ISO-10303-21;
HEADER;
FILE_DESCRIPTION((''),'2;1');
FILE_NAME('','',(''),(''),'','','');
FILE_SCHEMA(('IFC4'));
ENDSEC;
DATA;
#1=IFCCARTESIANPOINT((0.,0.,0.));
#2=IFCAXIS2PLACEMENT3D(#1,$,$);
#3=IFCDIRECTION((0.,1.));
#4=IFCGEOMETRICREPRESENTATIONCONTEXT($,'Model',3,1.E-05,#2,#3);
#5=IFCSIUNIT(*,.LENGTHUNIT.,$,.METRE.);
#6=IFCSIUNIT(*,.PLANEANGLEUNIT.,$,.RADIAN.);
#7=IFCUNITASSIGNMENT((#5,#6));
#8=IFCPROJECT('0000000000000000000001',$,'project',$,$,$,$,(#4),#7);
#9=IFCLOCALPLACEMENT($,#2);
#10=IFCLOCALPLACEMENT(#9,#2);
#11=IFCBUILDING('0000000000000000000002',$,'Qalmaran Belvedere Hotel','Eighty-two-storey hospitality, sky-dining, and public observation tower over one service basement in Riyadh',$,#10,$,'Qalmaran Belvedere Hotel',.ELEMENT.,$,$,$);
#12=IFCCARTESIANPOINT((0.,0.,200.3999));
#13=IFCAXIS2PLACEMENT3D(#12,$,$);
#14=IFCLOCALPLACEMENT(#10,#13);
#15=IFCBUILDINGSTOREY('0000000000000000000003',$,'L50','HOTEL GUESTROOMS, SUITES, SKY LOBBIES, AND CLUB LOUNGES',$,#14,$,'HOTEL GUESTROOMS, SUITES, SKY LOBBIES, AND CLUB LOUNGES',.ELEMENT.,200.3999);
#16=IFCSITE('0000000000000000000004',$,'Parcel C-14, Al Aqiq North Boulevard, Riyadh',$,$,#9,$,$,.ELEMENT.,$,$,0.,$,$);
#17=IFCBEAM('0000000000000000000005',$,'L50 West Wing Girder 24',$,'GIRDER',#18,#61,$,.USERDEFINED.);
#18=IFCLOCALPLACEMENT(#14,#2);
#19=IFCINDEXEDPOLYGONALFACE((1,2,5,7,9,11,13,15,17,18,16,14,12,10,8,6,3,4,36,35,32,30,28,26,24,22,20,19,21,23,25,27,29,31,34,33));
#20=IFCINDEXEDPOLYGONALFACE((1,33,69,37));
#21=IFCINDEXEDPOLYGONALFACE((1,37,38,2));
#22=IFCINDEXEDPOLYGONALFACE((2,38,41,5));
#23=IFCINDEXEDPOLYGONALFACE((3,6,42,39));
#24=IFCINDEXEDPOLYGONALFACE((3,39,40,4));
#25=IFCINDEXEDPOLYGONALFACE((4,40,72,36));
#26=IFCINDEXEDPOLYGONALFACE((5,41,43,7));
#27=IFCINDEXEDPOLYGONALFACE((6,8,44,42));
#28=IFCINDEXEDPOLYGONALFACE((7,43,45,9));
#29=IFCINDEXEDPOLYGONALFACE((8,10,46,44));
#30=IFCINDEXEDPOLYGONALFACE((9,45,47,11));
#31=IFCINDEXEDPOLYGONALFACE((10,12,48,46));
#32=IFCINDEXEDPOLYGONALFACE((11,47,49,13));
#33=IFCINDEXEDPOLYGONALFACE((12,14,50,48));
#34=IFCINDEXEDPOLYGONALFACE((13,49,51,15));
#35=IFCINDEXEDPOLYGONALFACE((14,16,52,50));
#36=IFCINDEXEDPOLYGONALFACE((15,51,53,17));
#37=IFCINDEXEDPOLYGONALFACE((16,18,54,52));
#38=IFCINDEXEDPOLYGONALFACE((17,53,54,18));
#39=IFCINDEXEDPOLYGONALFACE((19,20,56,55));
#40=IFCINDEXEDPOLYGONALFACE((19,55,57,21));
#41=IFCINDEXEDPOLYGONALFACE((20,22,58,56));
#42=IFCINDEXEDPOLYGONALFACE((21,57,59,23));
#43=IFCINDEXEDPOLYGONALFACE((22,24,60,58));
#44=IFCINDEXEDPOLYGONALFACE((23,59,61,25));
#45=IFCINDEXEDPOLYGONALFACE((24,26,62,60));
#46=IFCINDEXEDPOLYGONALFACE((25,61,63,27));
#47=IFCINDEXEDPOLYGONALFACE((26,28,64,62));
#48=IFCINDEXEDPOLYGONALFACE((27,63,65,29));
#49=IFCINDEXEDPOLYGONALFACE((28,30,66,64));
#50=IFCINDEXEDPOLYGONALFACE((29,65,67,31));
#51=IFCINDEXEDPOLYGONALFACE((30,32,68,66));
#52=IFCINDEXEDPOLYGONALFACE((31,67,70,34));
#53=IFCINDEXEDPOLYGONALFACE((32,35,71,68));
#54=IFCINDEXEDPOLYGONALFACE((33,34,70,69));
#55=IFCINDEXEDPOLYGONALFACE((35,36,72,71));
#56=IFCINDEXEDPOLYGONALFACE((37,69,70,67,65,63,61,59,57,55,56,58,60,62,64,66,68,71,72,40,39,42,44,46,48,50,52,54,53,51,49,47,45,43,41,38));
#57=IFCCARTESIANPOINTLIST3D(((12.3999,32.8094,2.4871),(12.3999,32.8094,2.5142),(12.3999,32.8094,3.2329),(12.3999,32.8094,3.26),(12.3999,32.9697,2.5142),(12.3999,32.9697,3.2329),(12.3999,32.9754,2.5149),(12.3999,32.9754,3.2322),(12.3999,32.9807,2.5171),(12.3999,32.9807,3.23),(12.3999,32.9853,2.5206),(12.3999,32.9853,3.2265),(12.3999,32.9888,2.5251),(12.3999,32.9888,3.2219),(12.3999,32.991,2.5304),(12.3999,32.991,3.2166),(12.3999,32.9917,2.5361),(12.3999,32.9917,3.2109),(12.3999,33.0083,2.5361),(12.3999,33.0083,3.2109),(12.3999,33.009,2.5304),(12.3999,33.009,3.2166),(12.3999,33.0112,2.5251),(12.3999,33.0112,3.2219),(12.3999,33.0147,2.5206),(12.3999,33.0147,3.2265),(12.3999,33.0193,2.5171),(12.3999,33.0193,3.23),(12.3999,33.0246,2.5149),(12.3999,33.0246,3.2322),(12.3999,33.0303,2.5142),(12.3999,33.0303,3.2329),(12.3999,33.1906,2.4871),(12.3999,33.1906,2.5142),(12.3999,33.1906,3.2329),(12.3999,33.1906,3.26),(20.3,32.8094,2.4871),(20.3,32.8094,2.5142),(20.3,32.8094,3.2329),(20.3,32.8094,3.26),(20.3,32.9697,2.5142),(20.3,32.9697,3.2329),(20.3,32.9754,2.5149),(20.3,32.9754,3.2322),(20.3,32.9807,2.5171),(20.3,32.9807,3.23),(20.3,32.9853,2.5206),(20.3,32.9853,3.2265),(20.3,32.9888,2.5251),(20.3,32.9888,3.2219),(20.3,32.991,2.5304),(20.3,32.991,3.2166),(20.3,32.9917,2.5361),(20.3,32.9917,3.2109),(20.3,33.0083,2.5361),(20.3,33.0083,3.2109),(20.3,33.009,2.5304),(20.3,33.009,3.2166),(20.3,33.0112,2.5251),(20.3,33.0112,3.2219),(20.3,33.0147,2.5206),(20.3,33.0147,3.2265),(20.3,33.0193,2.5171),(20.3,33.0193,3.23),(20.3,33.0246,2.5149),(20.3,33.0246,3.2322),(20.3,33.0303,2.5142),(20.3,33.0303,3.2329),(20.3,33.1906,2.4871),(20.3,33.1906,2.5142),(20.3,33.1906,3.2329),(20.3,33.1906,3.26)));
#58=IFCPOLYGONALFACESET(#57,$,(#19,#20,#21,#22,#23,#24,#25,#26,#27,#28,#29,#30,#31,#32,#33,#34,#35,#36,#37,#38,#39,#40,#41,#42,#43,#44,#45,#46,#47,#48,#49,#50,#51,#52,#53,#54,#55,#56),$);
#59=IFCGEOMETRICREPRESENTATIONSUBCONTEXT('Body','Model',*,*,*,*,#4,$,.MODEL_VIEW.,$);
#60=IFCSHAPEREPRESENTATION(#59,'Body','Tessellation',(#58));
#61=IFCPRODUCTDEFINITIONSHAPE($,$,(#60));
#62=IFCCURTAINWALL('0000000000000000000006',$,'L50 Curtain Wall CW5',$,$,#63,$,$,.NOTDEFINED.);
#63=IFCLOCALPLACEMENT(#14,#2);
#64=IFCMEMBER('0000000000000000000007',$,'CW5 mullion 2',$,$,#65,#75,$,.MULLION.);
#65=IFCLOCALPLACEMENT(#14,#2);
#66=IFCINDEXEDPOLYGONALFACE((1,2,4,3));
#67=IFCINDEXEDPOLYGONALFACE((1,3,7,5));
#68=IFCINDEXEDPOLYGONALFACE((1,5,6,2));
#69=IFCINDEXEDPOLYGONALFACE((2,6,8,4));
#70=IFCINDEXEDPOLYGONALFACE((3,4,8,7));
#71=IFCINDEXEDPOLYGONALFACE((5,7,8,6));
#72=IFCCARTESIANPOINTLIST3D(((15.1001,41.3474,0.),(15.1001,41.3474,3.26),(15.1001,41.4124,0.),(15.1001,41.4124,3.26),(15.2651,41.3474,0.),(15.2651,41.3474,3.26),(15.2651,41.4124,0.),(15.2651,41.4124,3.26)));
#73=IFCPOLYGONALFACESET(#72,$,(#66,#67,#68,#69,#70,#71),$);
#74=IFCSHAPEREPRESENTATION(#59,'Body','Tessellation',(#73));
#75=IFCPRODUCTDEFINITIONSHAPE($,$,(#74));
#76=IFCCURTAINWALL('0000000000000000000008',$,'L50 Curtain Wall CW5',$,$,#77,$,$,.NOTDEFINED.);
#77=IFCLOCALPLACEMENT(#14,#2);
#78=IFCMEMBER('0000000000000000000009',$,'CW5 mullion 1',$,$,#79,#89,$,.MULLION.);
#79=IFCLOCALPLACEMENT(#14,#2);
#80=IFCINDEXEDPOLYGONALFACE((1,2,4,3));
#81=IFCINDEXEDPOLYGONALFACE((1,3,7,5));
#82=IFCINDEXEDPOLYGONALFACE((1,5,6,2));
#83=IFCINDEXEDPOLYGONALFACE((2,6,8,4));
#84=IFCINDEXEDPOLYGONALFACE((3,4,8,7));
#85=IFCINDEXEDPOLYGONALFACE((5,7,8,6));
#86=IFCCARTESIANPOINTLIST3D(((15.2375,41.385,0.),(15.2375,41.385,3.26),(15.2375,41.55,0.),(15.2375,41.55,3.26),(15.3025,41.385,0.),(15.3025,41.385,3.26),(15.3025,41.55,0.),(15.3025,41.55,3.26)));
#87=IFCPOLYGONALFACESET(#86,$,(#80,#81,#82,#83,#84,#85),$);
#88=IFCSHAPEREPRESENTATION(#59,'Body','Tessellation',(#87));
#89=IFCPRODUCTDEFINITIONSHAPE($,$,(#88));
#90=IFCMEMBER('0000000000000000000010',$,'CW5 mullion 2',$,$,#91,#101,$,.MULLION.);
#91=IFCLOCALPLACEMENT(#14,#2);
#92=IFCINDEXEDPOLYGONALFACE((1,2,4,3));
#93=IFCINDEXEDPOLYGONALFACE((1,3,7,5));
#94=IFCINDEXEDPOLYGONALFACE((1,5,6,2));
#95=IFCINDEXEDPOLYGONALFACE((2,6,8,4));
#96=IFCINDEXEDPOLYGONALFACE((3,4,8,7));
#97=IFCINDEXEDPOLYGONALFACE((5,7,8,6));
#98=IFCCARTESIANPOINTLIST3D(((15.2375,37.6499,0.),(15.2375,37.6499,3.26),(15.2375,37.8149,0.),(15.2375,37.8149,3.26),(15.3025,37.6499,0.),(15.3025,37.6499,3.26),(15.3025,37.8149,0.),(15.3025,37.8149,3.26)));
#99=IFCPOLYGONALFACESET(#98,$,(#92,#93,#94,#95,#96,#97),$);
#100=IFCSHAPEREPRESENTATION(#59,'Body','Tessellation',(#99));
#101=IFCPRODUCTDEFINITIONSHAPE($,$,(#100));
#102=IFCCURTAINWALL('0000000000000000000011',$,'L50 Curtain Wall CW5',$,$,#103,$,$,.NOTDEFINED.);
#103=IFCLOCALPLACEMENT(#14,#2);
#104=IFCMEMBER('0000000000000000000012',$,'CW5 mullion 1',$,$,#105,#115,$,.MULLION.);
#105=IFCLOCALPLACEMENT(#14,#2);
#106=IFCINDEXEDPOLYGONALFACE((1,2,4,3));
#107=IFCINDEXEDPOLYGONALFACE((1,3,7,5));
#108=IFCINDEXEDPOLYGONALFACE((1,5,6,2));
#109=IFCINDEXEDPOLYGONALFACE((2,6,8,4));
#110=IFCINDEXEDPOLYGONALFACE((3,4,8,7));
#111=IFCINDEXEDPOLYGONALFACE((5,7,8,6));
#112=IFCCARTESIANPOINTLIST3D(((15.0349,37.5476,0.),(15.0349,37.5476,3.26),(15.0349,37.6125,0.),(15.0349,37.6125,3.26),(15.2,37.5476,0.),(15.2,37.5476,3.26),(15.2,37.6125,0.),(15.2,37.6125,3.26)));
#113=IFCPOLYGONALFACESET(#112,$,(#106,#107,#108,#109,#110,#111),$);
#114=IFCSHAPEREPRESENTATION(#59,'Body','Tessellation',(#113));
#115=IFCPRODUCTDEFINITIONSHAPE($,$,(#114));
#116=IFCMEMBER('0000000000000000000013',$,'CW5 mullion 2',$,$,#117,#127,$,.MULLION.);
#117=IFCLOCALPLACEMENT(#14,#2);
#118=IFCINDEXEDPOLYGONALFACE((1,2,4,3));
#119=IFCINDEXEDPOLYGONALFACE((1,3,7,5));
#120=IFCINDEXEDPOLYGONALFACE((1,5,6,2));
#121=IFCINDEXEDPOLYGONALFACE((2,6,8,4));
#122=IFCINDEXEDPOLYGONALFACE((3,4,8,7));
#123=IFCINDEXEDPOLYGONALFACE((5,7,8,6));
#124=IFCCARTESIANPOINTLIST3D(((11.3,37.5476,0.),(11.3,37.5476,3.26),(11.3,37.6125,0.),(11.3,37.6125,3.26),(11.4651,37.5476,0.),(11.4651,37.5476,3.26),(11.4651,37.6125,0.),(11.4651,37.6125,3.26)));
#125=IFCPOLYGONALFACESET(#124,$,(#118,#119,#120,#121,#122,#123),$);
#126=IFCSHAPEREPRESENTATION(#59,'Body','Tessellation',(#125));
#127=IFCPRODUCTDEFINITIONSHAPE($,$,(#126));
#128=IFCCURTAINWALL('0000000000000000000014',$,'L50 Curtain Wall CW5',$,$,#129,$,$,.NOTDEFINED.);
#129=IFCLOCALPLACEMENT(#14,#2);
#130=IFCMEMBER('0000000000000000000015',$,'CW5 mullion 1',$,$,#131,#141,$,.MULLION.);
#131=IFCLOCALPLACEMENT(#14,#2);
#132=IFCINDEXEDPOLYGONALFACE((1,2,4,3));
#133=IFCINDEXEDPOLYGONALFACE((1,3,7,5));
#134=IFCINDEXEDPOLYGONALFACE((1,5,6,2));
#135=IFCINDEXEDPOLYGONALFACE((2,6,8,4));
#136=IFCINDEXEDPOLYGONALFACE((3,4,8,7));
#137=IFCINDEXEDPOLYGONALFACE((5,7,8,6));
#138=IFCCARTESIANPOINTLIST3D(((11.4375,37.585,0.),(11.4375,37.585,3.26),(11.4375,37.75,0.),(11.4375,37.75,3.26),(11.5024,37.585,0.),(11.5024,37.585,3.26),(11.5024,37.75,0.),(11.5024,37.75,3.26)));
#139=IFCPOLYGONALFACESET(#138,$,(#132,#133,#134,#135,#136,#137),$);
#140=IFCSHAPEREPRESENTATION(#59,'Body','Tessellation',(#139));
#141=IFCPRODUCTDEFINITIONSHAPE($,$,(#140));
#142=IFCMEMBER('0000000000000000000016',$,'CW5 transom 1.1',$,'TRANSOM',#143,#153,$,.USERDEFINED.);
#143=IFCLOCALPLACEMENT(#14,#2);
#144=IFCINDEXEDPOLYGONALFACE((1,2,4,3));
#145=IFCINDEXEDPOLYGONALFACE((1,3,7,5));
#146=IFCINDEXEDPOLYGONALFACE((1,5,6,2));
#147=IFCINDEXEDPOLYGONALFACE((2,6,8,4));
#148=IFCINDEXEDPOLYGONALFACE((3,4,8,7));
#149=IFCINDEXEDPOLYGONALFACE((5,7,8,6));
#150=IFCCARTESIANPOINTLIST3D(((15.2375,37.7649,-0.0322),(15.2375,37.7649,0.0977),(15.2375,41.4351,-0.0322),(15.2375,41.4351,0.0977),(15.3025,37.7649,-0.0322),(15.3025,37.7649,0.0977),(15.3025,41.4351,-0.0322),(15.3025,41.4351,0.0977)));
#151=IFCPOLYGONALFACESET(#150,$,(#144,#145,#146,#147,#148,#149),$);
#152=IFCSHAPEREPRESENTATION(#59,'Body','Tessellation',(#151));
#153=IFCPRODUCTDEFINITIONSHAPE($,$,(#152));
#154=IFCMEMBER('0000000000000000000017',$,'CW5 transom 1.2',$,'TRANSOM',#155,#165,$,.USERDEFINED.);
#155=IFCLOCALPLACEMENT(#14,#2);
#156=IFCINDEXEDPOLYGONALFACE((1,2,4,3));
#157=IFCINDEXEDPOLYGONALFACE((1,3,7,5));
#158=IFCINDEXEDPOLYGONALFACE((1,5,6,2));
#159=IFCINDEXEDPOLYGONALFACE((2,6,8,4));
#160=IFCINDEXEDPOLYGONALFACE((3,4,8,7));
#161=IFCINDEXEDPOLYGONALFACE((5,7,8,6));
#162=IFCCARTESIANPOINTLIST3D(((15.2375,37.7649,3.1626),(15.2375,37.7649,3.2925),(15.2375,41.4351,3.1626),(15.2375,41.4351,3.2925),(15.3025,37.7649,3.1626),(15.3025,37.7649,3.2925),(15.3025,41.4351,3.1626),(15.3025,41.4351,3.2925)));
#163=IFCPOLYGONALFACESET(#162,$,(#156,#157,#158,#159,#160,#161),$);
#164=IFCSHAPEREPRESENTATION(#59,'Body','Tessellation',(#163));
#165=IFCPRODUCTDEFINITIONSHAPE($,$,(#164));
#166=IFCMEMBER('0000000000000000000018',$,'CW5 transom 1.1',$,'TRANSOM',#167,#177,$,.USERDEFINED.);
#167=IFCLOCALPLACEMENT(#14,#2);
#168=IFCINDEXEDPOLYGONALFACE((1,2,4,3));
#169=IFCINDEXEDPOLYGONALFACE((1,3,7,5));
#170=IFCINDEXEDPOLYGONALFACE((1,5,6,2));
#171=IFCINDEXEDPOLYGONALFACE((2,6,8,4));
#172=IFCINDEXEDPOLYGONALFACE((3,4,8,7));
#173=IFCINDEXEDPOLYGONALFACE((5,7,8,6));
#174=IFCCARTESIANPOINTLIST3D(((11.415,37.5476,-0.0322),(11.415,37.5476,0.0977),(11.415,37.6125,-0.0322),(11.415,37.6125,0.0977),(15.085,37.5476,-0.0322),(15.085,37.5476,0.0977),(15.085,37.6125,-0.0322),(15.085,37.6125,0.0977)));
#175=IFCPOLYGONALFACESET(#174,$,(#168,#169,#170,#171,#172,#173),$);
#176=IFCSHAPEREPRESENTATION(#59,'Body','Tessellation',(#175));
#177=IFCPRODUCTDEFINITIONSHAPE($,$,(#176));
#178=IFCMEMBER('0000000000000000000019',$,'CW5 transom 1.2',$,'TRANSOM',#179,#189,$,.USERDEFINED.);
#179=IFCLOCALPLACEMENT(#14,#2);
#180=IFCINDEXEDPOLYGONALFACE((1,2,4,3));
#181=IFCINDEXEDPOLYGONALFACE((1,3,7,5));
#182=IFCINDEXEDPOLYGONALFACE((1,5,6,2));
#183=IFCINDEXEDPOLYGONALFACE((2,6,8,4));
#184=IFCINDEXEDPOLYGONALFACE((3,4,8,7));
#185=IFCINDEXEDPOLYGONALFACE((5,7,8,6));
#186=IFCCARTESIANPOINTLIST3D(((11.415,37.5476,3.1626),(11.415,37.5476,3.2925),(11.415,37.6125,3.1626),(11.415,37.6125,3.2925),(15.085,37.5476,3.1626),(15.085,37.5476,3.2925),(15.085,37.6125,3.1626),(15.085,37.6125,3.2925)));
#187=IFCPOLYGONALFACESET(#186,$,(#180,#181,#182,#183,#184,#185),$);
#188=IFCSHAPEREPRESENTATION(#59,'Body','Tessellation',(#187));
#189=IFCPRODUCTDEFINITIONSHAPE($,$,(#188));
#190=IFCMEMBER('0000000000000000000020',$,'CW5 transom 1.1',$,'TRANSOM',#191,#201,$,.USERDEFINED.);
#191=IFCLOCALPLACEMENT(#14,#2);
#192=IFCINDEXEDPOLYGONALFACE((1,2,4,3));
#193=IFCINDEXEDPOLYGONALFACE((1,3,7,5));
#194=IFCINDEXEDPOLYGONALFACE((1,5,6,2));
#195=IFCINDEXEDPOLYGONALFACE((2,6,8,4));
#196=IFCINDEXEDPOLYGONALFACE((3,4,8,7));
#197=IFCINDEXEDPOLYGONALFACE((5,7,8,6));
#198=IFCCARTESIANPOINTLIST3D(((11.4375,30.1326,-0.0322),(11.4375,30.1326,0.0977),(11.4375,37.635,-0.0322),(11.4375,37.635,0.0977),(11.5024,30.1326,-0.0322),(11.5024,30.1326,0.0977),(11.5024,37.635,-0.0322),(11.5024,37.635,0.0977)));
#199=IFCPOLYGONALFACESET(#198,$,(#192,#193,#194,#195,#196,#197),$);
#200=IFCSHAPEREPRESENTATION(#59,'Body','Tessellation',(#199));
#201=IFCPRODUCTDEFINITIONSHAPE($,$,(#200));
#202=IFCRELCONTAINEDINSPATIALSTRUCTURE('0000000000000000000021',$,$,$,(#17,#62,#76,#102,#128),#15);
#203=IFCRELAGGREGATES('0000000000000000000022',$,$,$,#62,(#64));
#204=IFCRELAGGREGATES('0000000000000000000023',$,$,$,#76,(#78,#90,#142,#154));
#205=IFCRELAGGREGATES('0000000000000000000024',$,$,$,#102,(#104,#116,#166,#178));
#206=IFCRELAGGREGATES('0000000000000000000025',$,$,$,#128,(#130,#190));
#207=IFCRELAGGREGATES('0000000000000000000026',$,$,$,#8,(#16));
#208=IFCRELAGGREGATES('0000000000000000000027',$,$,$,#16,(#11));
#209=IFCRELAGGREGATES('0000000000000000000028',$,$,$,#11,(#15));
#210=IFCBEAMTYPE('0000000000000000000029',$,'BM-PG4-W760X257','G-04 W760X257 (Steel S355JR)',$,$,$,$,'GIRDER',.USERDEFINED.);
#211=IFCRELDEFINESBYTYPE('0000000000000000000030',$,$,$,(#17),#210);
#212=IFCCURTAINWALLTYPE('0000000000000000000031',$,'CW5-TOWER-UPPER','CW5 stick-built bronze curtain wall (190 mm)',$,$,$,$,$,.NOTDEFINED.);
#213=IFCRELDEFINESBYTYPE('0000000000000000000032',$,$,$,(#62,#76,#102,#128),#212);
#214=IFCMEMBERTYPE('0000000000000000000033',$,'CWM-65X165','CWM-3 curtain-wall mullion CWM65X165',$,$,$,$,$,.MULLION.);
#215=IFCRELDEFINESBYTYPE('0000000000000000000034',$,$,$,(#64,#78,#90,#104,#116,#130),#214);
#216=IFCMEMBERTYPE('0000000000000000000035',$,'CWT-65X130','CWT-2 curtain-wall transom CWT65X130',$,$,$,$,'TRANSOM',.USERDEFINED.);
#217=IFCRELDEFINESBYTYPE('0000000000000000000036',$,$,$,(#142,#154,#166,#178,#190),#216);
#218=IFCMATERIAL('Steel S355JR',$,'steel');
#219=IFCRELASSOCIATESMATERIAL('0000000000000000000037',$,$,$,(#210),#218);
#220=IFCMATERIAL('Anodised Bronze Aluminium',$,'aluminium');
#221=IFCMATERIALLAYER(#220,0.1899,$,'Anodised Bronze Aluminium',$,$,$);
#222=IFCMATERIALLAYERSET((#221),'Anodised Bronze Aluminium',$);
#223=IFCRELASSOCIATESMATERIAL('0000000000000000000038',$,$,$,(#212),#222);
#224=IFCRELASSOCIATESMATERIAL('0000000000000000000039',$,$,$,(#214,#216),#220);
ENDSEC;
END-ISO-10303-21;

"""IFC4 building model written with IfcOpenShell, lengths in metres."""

from ifc_helpers import new_model, si_unit, direction, frame, origin, origin_2d, place, context, subcontext, project, spatial, rectangle, i_section, extrude, material, layer, layer_set, material_profile, profile_set, type_object, element, aggregate, save


model = new_model("IFC4")

# Units and contexts
model_context = context("Model", 3, precision=1e-05, world=origin(), true_north=direction((0.0, 1.0)))
body_context = subcontext(model_context, "Body", "Model", "MODEL_VIEW")
ifc_project = project(units=[si_unit("LENGTHUNIT", "METRE"), si_unit("PLANEANGLEUNIT", "RADIAN")], contexts=[model_context])

# Site, building, storey
site_placement = place(None, origin())
site = spatial("IfcSite", under=ifc_project, at=site_placement, Name="Parcel C-14, Al Aqiq North Boulevard, Riyadh", CompositionType="ELEMENT", RefElevation=0.0)
building_placement = place(site_placement, origin())
building = spatial("IfcBuilding", under=site, at=building_placement, Name="Qalmaran Belvedere Hotel", Description="Eighty-two-storey hospitality, sky-dining, and public observation tower over one service basement in Riyadh", LongName="Qalmaran Belvedere Hotel", CompositionType="ELEMENT")
storey_placement = place(building_placement, frame((0.0, 0.0, 200.3999)))
storey = spatial("IfcBuildingStorey", under=building, at=storey_placement, Name="L50", Description="HOTEL GUESTROOMS, SUITES, SKY LOBBIES, AND CLUB LOUNGES", LongName="HOTEL GUESTROOMS, SUITES, SKY LOBBIES, AND CLUB LOUNGES", CompositionType="ELEMENT", Elevation=200.3999)

# Beam
ifc_material_1 = material(Name="Steel S355JR", Category="steel")
ifc_material_profile_1 = material_profile(ifc_material_1, i_section(OverallWidth=0.3811, OverallDepth=0.7729, WebThickness=0.0166, FlangeThickness=0.0271, FilletRadius=0.022, at=origin_2d()), Name="W760X257")
ifc_profile_set_1 = profile_set([ifc_material_profile_1], Name="Steel S355JR")
beam_type = type_object("IfcBeamType", Name="BM-PG4-W760X257", Description="G-04 W760X257 (Steel S355JR)", ElementType="GIRDER", PredefinedType="USERDEFINED", material=ifc_profile_set_1)
beam_placement = place(storey_placement, frame((12.3999, 33.0, 2.8735), z_axis=(1.0, 0.0, 0.0), x_axis=(0.0, 1.0, 0.0)))
element("IfcBeam", 1, at=beam_placement, inside=storey, type_object=beam_type, Name="L50 West Wing Girder 24", ObjectType="GIRDER", PredefinedType="USERDEFINED", context=body_context, shape_type="SweptSolid", body=[
    extrude(i_section(OverallWidth=0.3811, OverallDepth=0.7729, WebThickness=0.0166, FlangeThickness=0.0271, FilletRadius=0.022, at=origin_2d()), origin(), (0.0, 0.0, 1.0), 7.9001),
])

# Curtain wall, member
ifc_material_2 = material(Name="Anodised Bronze Aluminium", Category="aluminium")
ifc_layer_1 = layer(ifc_material_2, 0.1899, Name="Anodised Bronze Aluminium")
ifc_layer_set_1 = layer_set([ifc_layer_1], Name="Anodised Bronze Aluminium")
curtain_wall_type = type_object("IfcCurtainWallType", Name="CW5-TOWER-UPPER", Description="CW5 stick-built bronze curtain wall (190 mm)", PredefinedType="NOTDEFINED", material=ifc_layer_set_1)
curtain_wall_1_placement = place(storey_placement, origin())
curtain_wall_1 = element("IfcCurtainWall", 2, at=curtain_wall_1_placement, inside=storey, type_object=curtain_wall_type, Name="L50 Curtain Wall CW5", PredefinedType="NOTDEFINED")
ifc_material_profile_2 = material_profile(ifc_material_2, rectangle(XDim=0.0649, YDim=0.165, at=origin_2d()), Name="CWM65X165")
ifc_profile_set_2 = profile_set([ifc_material_profile_2], Name="Anodised Bronze Aluminium")
member_type_1 = type_object("IfcMemberType", Name="CWM-65X165", Description="CWM-3 curtain-wall mullion CWM65X165", PredefinedType="MULLION", material=ifc_profile_set_2)
member_1_placement = place(storey_placement, frame((15.1826, 41.3799, 0.0), z_axis=(0.0, 0.0, 1.0), x_axis=(0.0, -1.0, 0.0)))
member_1 = element("IfcMember", 3, at=member_1_placement, type_object=member_type_1, Name="CW5 mullion 2", PredefinedType="MULLION", context=body_context, shape_type="SweptSolid", body=[
    extrude(rectangle(XDim=0.0649, YDim=0.165, at=origin_2d()), origin(), (0.0, 0.0, 1.0), 3.26),
])

# Curtain walls, members
curtain_wall_2_placement = place(storey_placement, origin())
curtain_wall_2 = element("IfcCurtainWall", 4, at=curtain_wall_2_placement, inside=storey, type_object=curtain_wall_type, Name="L50 Curtain Wall CW5", PredefinedType="NOTDEFINED")
member_2_placement = place(storey_placement, frame((15.27, 41.4675, 0.0), z_axis=(0.0, 0.0, 1.0), x_axis=(1.0, 0.0, 0.0)))
member_2 = element("IfcMember", 5, at=member_2_placement, type_object=member_type_1, Name="CW5 mullion 1", PredefinedType="MULLION", context=body_context, shape_type="SweptSolid", body=[
    extrude(rectangle(XDim=0.0649, YDim=0.165, at=origin_2d()), origin(), (0.0, 0.0, 1.0), 3.26),
])
member_3_placement = place(storey_placement, frame((15.27, 37.7324, 0.0), z_axis=(0.0, 0.0, 1.0), x_axis=(1.0, 0.0, 0.0)))
member_3 = element("IfcMember", 6, at=member_3_placement, type_object=member_type_1, Name="CW5 mullion 2", PredefinedType="MULLION", context=body_context, shape_type="SweptSolid", body=[
    extrude(rectangle(XDim=0.0649, YDim=0.165, at=origin_2d()), origin(), (0.0, 0.0, 1.0), 3.26),
])
curtain_wall_3_placement = place(storey_placement, origin())
curtain_wall_3 = element("IfcCurtainWall", 7, at=curtain_wall_3_placement, inside=storey, type_object=curtain_wall_type, Name="L50 Curtain Wall CW5", PredefinedType="NOTDEFINED")
member_4_placement = place(storey_placement, frame((15.1174, 37.5801, 0.0), z_axis=(0.0, 0.0, 1.0), x_axis=(0.0, -1.0, 0.0)))
member_4 = element("IfcMember", 8, at=member_4_placement, type_object=member_type_1, Name="CW5 mullion 1", PredefinedType="MULLION", context=body_context, shape_type="SweptSolid", body=[
    extrude(rectangle(XDim=0.0649, YDim=0.165, at=origin_2d()), origin(), (0.0, 0.0, 1.0), 3.26),
])
member_5_placement = place(storey_placement, frame((11.3826, 37.5801, 0.0), z_axis=(0.0, 0.0, 1.0), x_axis=(0.0, -1.0, 0.0)))
member_5 = element("IfcMember", 9, at=member_5_placement, type_object=member_type_1, Name="CW5 mullion 2", PredefinedType="MULLION", context=body_context, shape_type="SweptSolid", body=[
    extrude(rectangle(XDim=0.0649, YDim=0.165, at=origin_2d()), origin(), (0.0, 0.0, 1.0), 3.26),
])

# Curtain wall, member
curtain_wall_4_placement = place(storey_placement, origin())
curtain_wall_4 = element("IfcCurtainWall", 10, at=curtain_wall_4_placement, inside=storey, type_object=curtain_wall_type, Name="L50 Curtain Wall CW5", PredefinedType="NOTDEFINED")
member_6_placement = place(storey_placement, frame((11.47, 37.6675, 0.0), z_axis=(0.0, 0.0, 1.0), x_axis=(1.0, 0.0, 0.0)))
member_6 = element("IfcMember", 11, at=member_6_placement, type_object=member_type_1, Name="CW5 mullion 1", PredefinedType="MULLION", context=body_context, shape_type="SweptSolid", body=[
    extrude(rectangle(XDim=0.0649, YDim=0.165, at=origin_2d()), origin(), (0.0, 0.0, 1.0), 3.26),
])

# Members
ifc_material_profile_3 = material_profile(ifc_material_2, rectangle(XDim=0.0649, YDim=0.1299, at=origin_2d()), Name="CWT65X130")
ifc_profile_set_3 = profile_set([ifc_material_profile_3], Name="Anodised Bronze Aluminium")
member_type_2 = type_object("IfcMemberType", Name="CWT-65X130", Description="CWT-2 curtain-wall transom CWT65X130", ElementType="TRANSOM", PredefinedType="USERDEFINED", material=ifc_profile_set_3)
member_7_placement = place(storey_placement, frame((15.27, 41.4351, 0.0327), z_axis=(0.0, -1.0, 0.0), x_axis=(1.0, 0.0, 0.0)))
member_7 = element("IfcMember", 12, at=member_7_placement, type_object=member_type_2, Name="CW5 transom 1.1", ObjectType="TRANSOM", PredefinedType="USERDEFINED", context=body_context, shape_type="SweptSolid", body=[
    extrude(rectangle(XDim=0.0649, YDim=0.1299, at=origin_2d()), origin(), (0.0, 0.0, 1.0), 3.6702),
])
member_8_placement = place(storey_placement, frame((15.27, 41.4351, 3.2275), z_axis=(0.0, -1.0, 0.0), x_axis=(1.0, 0.0, 0.0)))
member_8 = element("IfcMember", 13, at=member_8_placement, type_object=member_type_2, Name="CW5 transom 1.2", ObjectType="TRANSOM", PredefinedType="USERDEFINED", context=body_context, shape_type="SweptSolid", body=[
    extrude(rectangle(XDim=0.0649, YDim=0.1299, at=origin_2d()), origin(), (0.0, 0.0, 1.0), 3.6702),
])
member_9_placement = place(storey_placement, frame((15.085, 37.5801, 0.0327), z_axis=(-1.0, 0.0, 0.0), x_axis=(0.0, -1.0, 0.0)))
member_9 = element("IfcMember", 14, at=member_9_placement, type_object=member_type_2, Name="CW5 transom 1.1", ObjectType="TRANSOM", PredefinedType="USERDEFINED", context=body_context, shape_type="SweptSolid", body=[
    extrude(rectangle(XDim=0.0649, YDim=0.1299, at=origin_2d()), origin(), (0.0, 0.0, 1.0), 3.6699),
])
member_10_placement = place(storey_placement, frame((15.085, 37.5801, 3.2275), z_axis=(-1.0, 0.0, 0.0), x_axis=(0.0, -1.0, 0.0)))
member_10 = element("IfcMember", 15, at=member_10_placement, type_object=member_type_2, Name="CW5 transom 1.2", ObjectType="TRANSOM", PredefinedType="USERDEFINED", context=body_context, shape_type="SweptSolid", body=[
    extrude(rectangle(XDim=0.0649, YDim=0.1299, at=origin_2d()), origin(), (0.0, 0.0, 1.0), 3.6699),
])
member_11_placement = place(storey_placement, frame((11.47, 37.635, 0.0327), z_axis=(0.0, -1.0, 0.0), x_axis=(1.0, 0.0, 0.0)))
member_11 = element("IfcMember", 16, at=member_11_placement, type_object=member_type_2, Name="CW5 transom 1.1", ObjectType="TRANSOM", PredefinedType="USERDEFINED", context=body_context, shape_type="SweptSolid", body=[
    extrude(rectangle(XDim=0.0649, YDim=0.1299, at=origin_2d()), origin(), (0.0, 0.0, 1.0), 7.5024),
])

aggregate(curtain_wall_1, [member_1])
aggregate(curtain_wall_2, [member_2, member_3, member_7, member_8])
aggregate(curtain_wall_3, [member_4, member_5, member_9, member_10])
aggregate(curtain_wall_4, [member_6, member_11])

save(model, "model.ifc")
